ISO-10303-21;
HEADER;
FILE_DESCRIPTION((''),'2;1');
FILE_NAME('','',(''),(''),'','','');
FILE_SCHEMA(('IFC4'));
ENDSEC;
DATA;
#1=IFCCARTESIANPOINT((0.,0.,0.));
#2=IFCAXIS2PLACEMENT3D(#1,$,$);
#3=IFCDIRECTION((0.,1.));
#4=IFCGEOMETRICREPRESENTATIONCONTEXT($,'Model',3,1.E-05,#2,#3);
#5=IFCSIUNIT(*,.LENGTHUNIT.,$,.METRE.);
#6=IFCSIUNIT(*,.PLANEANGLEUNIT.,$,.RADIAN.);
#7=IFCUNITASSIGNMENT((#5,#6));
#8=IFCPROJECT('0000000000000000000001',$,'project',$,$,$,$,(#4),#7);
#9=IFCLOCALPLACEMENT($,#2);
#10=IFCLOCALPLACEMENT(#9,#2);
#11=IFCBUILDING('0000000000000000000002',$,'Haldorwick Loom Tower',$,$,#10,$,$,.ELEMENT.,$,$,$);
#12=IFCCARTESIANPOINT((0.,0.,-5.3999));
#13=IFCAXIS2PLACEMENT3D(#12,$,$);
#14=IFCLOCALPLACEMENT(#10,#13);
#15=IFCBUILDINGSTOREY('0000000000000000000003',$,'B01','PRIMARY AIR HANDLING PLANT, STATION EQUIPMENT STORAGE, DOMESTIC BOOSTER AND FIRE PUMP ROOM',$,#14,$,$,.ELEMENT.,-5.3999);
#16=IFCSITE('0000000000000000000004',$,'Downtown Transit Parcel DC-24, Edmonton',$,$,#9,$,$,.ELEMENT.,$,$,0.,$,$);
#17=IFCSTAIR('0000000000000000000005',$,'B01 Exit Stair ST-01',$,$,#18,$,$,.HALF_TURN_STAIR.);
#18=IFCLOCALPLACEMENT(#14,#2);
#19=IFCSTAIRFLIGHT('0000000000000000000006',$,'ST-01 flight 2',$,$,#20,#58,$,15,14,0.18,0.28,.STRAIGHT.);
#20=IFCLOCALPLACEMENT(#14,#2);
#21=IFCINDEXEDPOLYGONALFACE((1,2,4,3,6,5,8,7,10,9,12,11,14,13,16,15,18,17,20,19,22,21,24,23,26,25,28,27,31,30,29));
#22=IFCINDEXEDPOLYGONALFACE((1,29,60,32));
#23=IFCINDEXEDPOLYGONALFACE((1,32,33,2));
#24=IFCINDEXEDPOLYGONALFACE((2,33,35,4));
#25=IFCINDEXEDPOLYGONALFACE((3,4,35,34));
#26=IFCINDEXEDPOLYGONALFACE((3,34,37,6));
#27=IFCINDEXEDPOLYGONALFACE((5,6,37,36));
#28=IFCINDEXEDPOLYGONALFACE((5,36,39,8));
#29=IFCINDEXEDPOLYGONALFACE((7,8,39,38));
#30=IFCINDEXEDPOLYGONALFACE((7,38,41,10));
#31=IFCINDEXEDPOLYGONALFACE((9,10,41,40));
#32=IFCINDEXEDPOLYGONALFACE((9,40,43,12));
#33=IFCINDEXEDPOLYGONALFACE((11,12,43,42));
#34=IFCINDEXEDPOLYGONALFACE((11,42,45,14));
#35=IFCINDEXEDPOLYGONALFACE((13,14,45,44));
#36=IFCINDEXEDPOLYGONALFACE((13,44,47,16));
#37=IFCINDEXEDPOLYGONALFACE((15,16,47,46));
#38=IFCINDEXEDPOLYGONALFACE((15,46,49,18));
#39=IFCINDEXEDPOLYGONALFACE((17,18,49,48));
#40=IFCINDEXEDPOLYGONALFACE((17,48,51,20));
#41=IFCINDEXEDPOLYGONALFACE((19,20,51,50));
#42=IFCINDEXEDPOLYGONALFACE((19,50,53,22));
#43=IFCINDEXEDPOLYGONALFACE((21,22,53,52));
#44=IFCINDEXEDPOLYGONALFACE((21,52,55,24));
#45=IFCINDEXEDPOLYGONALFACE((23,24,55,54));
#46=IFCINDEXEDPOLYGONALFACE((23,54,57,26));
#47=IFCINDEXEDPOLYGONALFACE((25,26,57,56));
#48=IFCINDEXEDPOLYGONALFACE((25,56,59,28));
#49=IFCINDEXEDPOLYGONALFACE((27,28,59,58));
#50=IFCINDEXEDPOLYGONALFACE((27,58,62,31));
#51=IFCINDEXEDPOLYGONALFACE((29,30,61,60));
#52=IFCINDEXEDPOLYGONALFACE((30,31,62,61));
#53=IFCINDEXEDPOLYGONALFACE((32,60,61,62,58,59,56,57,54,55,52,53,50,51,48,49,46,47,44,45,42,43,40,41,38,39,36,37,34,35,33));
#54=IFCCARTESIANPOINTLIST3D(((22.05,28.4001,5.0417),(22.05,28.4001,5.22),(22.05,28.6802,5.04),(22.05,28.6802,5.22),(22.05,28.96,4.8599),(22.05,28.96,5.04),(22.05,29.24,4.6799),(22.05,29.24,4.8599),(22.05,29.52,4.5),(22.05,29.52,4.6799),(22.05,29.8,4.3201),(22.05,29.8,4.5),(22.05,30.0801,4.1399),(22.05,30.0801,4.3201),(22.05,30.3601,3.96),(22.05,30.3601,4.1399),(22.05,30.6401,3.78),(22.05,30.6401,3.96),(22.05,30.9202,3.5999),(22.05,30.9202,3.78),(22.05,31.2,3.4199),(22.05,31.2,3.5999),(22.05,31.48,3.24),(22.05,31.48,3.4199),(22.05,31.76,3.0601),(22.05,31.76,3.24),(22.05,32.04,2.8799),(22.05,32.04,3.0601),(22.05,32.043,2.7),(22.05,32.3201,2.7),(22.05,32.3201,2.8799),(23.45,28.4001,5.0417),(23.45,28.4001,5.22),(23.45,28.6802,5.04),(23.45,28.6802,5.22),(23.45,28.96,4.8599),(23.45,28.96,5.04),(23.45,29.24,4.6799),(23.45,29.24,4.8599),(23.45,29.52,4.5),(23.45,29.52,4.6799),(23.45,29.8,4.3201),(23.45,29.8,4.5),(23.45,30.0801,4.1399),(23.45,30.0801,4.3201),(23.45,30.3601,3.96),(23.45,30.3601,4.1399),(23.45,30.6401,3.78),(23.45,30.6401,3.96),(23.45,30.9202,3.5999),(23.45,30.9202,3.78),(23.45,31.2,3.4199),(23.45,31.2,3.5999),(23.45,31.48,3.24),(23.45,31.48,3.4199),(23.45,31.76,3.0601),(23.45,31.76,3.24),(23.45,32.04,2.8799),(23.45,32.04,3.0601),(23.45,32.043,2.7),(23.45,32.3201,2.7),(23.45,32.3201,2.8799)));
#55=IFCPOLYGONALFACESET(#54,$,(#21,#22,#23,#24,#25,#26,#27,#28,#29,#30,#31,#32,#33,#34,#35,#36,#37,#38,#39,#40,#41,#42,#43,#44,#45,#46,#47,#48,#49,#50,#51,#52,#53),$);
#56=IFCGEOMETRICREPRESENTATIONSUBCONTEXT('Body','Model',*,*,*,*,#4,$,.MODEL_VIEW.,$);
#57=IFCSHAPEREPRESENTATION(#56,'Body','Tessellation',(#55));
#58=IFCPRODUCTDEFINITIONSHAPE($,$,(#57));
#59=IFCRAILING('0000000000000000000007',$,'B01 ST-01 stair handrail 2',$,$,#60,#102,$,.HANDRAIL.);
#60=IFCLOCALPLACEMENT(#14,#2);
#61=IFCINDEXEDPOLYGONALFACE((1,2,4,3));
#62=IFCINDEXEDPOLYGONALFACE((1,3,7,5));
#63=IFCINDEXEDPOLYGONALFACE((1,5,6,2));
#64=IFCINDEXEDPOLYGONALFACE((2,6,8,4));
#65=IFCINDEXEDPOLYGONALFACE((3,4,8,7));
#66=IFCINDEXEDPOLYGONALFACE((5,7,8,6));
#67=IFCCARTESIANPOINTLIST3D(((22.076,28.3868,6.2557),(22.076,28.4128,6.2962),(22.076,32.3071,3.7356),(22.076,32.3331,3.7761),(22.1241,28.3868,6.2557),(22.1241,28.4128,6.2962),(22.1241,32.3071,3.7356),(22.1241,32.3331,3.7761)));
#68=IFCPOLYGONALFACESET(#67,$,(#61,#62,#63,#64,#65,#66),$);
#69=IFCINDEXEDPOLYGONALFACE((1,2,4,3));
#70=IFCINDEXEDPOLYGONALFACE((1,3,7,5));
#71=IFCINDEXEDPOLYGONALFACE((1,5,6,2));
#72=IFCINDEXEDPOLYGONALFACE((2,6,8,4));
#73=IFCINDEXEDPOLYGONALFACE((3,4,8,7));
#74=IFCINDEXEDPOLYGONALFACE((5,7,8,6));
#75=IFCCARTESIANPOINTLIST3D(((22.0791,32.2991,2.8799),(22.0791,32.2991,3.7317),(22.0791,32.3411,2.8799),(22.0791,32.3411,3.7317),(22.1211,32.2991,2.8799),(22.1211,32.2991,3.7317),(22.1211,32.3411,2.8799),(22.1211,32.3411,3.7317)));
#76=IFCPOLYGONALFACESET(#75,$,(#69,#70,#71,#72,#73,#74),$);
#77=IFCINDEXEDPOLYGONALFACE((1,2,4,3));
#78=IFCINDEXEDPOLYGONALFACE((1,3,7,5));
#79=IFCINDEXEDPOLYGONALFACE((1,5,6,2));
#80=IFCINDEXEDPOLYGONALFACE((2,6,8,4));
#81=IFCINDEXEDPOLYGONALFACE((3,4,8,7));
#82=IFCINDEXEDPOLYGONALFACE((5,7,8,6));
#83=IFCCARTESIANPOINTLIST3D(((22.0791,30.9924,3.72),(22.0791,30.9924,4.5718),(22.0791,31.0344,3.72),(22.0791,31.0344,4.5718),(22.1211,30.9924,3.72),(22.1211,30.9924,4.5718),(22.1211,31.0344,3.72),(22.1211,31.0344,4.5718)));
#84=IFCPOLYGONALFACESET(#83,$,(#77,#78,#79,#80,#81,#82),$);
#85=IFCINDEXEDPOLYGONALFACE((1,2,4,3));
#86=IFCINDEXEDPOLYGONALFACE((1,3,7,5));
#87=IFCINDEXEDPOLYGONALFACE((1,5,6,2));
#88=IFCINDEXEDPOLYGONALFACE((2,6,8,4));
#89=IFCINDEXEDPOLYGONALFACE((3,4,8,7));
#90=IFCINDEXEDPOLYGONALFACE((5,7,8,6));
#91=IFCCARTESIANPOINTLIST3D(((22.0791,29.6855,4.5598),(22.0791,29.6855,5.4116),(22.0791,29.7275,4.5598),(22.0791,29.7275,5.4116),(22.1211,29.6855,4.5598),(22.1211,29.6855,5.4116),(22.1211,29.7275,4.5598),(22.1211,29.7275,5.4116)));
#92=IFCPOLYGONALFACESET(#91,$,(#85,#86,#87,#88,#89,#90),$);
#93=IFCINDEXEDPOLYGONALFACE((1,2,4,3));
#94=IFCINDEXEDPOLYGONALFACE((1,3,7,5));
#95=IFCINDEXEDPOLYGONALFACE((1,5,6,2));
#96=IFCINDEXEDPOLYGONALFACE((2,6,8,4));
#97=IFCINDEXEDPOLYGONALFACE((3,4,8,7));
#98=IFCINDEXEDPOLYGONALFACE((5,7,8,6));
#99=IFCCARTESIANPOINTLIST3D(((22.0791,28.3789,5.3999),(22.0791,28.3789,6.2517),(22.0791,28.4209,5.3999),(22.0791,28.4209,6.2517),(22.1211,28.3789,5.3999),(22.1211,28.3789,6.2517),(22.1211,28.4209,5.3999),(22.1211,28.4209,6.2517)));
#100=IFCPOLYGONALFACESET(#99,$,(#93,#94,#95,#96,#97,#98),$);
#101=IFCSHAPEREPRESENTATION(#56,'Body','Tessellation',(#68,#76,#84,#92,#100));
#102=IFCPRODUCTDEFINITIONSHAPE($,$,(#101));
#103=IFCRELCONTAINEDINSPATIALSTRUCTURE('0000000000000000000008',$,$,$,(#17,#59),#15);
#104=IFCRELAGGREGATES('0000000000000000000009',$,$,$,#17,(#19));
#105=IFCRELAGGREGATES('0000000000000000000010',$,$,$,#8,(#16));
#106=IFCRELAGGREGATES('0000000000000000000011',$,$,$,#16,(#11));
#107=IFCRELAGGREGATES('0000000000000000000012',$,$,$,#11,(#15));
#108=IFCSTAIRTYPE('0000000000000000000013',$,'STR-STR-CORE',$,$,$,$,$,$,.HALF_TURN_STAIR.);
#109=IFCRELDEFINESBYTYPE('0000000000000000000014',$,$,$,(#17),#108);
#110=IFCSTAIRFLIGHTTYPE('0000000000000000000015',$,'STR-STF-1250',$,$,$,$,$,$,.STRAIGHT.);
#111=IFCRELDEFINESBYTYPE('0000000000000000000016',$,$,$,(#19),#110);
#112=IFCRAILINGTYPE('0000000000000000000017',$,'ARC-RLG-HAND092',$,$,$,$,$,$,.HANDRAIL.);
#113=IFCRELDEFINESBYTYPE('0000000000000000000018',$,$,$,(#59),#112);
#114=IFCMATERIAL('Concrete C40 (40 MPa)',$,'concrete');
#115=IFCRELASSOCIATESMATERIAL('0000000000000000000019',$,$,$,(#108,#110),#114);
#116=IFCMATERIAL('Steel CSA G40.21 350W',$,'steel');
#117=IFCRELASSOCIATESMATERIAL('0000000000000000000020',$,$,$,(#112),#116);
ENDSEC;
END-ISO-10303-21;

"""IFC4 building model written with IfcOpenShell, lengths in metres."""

from ifc_helpers import new_model, si_unit, direction, frame, origin, origin_2d, place, context, subcontext, project, spatial, polyline, rectangle, outline, extrude, material, type_object, element, aggregate, save


model = new_model("IFC4")

# Units and contexts
model_context = context("Model", 3, precision=1e-05, world=origin(), true_north=direction((0.0, 1.0)))
body_context = subcontext(model_context, "Body", "Model", "MODEL_VIEW")
ifc_project = project(units=[si_unit("LENGTHUNIT", "METRE"), si_unit("PLANEANGLEUNIT", "RADIAN")], contexts=[model_context])

# Site, building, storey
site_placement = place(None, origin())
site = spatial("IfcSite", under=ifc_project, at=site_placement, Name="Downtown Transit Parcel DC-24, Edmonton", CompositionType="ELEMENT", RefElevation=0.0)
building_placement = place(site_placement, origin())
building = spatial("IfcBuilding", under=site, at=building_placement, Name="Haldorwick Loom Tower", CompositionType="ELEMENT")
storey_placement = place(building_placement, frame((0.0, 0.0, -5.3999)))
storey = spatial("IfcBuildingStorey", under=building, at=storey_placement, Name="B01", Description="PRIMARY AIR HANDLING PLANT, STATION EQUIPMENT STORAGE, DOMESTIC BOOSTER AND FIRE PUMP ROOM", CompositionType="ELEMENT", Elevation=-5.3999)

# Shared definitions
ifc_material_1 = material(Name="Steel CSA G40.21 350W", Category="steel")

# Stair, stair flight
ifc_material_2 = material(Name="Concrete C40 (40 MPa)", Category="concrete")
stair_type = type_object("IfcStairType", Name="STR-STR-CORE", PredefinedType="HALF_TURN_STAIR", material=ifc_material_2)
stair_placement = place(storey_placement, origin())
stair = element("IfcStair", 1, at=stair_placement, inside=storey, type_object=stair_type, Name="B01 Exit Stair ST-01", PredefinedType="HALF_TURN_STAIR")
stair_flight_type = type_object("IfcStairFlightType", Name="STR-STF-1250", PredefinedType="STRAIGHT", material=ifc_material_2)
stair_flight_placement = place(storey_placement, frame((22.75, 32.3201, 2.7), z_axis=(0.0, 0.0, 1.0), x_axis=(0.0, -1.0, 0.0)))
stair_flight = element("IfcStairFlight", 2, at=stair_flight_placement, type_object=stair_flight_type, Name="ST-01 flight 2", NumberOfRisers=15, NumberOfTreads=14, PredefinedType="STRAIGHT", RiserHeight=0.18, TreadLength=0.28, context=body_context, shape_type="SweptSolid", body=[
    extrude(outline(polyline([(0.0, 0.0), (0.0, 0.1799), (0.28, 0.1799), (0.28, 0.3601), (0.5601, 0.3601), (0.5601, 0.54), (0.8401, 0.54), (0.8401, 0.72), (1.1201, 0.72), (1.1201, 0.8999), (1.3999, 0.8999), (1.3999, 1.0801), (1.6799, 1.0801), (1.6799, 1.26), (1.96, 1.26), (1.96, 1.4399), (2.24, 1.4399), (2.24, 1.6201), (2.52, 1.6201), (2.52, 1.8), (2.8, 1.8), (2.8, 1.98), (3.0801, 1.98), (3.0801, 2.1599), (3.3601, 2.1599), (3.3601, 2.3401), (3.6399, 2.3401), (3.6399, 2.52), (3.9199, 2.52), (3.9199, 2.7), (3.9199, 2.3418), (0.2771, 0.0), (0.0, 0.0)])), frame((0.0, 0.7, 0.0), z_axis=(0.0, -1.0, 0.0), x_axis=(1.0, 0.0, 0.0)), (0.0, 0.0, 1.0), 1.3999),
])
aggregate(stair, [stair_flight])

# Railing
railing_type = type_object("IfcRailingType", Name="ARC-RLG-HAND092", PredefinedType="HANDRAIL", material=ifc_material_1)
railing_placement = place(storey_placement, frame((22.1001, 32.3201, 2.8799)))
element("IfcRailing", 3, at=railing_placement, inside=storey, type_object=railing_type, Name="B01 ST-01 stair handrail 2", PredefinedType="HANDRAIL", context=body_context, shape_type="SweptSolid", body=[
    extrude(rectangle(XDim=0.0481, YDim=0.0481, at=origin_2d()), frame((0.0, 0.0, 0.876), z_axis=(0.0, -0.841187, 0.540744), x_axis=(1.0, 0.0, 0.0)), (0.0, 0.0, 1.0), 4.6604),
    extrude(rectangle(XDim=0.042, YDim=0.042, at=origin_2d()), origin(), (0.0, 0.0, 1.0), 0.8518),
    extrude(rectangle(XDim=0.042, YDim=0.042, at=origin_2d()), frame((0.0, -1.3066, 0.8401)), (0.0, 0.0, 1.0), 0.8518),
    extrude(rectangle(XDim=0.042, YDim=0.042, at=origin_2d()), frame((0.0, -2.6135, 1.6799)), (0.0, 0.0, 1.0), 0.8518),
    extrude(rectangle(XDim=0.042, YDim=0.042, at=origin_2d()), frame((0.0, -3.9202, 2.52)), (0.0, 0.0, 1.0), 0.8518),
])

save(model, "model.ifc")
